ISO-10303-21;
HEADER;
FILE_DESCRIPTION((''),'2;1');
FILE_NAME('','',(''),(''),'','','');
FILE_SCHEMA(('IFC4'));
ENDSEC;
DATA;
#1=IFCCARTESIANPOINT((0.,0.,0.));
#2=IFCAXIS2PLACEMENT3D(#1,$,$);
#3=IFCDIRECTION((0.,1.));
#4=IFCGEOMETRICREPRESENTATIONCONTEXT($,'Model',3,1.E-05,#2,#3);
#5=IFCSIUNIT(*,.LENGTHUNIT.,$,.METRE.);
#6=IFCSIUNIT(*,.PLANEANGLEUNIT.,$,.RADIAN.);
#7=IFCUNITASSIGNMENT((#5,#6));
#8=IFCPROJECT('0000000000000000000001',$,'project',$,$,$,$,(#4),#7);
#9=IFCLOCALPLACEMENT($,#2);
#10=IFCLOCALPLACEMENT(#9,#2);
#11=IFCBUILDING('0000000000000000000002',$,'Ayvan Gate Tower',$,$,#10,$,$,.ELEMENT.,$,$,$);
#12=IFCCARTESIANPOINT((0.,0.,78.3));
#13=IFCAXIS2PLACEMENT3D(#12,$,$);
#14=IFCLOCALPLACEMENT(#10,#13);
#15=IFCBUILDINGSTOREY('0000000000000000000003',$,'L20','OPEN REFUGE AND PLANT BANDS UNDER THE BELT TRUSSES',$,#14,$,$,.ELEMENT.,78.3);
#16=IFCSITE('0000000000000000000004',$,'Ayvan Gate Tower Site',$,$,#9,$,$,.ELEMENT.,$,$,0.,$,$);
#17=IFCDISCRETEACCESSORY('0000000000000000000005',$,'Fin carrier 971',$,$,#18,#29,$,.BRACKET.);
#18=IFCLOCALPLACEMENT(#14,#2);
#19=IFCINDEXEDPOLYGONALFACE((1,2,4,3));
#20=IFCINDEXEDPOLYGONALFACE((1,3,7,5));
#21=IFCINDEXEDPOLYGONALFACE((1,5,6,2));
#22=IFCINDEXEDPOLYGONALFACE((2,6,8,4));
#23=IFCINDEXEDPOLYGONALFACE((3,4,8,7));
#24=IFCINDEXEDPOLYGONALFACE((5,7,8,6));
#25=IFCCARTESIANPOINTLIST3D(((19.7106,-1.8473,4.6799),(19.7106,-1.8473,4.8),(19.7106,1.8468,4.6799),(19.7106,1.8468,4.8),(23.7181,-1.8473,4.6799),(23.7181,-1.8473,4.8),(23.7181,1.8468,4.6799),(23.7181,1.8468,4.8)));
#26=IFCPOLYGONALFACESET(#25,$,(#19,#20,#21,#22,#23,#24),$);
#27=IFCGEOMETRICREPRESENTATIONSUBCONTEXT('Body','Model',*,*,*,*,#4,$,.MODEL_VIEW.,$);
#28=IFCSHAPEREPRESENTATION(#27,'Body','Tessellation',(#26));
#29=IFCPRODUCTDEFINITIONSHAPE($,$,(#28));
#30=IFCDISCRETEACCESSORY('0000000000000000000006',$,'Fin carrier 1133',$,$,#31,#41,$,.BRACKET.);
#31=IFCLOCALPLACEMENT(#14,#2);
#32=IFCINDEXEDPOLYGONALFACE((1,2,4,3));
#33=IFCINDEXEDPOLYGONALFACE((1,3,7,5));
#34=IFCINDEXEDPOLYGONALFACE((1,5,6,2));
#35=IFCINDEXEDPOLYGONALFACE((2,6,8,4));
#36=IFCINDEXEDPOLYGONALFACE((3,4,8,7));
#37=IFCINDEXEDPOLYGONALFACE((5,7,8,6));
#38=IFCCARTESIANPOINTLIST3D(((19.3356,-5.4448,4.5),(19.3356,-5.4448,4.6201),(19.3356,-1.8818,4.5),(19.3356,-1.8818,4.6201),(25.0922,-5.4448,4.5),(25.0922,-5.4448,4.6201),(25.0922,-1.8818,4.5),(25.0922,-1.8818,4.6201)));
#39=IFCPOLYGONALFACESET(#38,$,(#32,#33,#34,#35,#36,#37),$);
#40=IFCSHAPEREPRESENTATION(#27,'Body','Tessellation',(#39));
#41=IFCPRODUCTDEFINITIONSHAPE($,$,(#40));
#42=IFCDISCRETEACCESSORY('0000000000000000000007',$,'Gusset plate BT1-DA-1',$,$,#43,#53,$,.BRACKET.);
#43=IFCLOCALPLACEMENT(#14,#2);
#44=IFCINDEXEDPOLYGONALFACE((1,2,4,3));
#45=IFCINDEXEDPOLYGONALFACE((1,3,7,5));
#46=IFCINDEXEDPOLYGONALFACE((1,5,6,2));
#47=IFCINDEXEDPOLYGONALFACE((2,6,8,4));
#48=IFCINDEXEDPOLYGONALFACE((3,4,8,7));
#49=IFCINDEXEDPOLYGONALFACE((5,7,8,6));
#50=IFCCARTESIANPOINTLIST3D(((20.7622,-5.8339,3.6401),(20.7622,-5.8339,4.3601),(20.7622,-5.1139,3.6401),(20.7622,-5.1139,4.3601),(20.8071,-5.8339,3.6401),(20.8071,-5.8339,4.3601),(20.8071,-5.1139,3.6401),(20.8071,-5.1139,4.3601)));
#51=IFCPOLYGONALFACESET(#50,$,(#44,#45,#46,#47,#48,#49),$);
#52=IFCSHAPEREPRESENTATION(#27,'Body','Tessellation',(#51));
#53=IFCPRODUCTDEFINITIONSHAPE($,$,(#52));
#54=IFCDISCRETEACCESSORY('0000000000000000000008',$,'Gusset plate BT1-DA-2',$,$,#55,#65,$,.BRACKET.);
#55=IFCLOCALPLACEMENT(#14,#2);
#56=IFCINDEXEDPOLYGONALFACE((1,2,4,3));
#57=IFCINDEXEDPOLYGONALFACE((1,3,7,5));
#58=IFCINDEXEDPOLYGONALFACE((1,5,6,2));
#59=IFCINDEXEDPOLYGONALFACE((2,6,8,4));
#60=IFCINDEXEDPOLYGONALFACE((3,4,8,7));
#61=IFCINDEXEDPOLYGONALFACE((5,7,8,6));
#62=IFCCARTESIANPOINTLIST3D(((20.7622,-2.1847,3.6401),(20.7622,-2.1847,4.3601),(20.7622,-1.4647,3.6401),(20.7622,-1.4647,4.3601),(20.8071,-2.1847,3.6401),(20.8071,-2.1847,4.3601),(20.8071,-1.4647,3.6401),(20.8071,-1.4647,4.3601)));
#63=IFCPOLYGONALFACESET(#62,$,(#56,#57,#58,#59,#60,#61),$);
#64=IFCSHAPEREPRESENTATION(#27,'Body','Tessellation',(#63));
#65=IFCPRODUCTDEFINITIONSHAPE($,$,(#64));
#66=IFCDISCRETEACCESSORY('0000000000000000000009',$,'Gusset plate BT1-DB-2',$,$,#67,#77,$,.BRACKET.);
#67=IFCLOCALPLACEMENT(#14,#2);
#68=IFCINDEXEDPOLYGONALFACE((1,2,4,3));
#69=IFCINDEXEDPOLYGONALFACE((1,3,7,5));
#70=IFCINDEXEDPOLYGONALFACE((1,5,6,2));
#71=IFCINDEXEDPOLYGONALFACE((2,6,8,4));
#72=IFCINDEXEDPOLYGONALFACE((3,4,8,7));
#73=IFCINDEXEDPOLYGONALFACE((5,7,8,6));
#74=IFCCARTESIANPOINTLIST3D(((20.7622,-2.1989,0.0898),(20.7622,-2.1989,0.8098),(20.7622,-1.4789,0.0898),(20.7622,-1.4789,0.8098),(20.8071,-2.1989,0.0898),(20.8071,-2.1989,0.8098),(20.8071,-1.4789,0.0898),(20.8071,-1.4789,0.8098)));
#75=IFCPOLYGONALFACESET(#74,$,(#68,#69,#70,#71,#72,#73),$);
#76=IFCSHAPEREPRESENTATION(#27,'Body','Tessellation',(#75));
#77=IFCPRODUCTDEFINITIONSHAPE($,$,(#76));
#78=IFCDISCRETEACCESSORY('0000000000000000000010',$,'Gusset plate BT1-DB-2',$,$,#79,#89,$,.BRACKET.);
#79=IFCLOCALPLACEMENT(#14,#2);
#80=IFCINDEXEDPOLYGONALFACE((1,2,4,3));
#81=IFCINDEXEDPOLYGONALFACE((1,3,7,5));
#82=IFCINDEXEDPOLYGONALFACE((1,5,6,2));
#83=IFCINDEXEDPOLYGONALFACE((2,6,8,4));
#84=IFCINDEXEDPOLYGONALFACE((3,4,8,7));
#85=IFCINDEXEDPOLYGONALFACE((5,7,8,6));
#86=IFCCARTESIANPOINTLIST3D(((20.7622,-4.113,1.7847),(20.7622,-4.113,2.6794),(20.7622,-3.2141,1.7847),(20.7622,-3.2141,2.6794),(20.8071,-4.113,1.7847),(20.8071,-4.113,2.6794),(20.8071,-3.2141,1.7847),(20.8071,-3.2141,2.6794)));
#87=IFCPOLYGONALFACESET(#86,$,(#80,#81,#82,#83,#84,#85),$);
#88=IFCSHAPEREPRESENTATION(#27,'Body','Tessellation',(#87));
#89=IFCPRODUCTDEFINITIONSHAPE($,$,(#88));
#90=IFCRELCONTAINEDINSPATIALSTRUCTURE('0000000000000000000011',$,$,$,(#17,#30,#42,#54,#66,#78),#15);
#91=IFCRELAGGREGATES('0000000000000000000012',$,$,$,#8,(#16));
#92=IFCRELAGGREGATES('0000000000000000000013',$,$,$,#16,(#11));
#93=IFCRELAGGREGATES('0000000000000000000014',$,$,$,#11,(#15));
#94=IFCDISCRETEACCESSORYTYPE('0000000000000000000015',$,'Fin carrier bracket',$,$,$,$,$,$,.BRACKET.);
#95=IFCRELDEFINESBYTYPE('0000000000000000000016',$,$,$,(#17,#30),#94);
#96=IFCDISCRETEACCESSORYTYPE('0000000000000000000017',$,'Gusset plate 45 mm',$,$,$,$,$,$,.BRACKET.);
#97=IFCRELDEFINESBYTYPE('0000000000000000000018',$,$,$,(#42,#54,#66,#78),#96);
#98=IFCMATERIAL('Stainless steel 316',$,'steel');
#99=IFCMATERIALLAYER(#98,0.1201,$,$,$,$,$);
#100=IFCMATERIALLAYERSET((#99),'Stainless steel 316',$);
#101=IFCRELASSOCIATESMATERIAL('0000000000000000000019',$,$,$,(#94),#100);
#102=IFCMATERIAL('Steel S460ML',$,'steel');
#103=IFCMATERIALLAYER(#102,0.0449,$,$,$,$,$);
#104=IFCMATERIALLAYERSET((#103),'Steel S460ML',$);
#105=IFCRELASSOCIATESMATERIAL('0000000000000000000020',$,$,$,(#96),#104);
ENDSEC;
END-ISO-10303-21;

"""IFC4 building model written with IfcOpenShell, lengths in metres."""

from ifc_helpers import new_model, si_unit, direction, frame, origin, origin_2d, place, context, subcontext, project, spatial, rectangle, extrude, material, layer, layer_set, type_object, element, save


model = new_model("IFC4")

# Units and contexts
model_context = context("Model", 3, precision=1e-05, world=origin(), true_north=direction((0.0, 1.0)))
body_context = subcontext(model_context, "Body", "Model", "MODEL_VIEW")
ifc_project = project(units=[si_unit("LENGTHUNIT", "METRE"), si_unit("PLANEANGLEUNIT", "RADIAN")], contexts=[model_context])

# Site, building, storey
site_placement = place(None, origin())
site = spatial("IfcSite", under=ifc_project, at=site_placement, Name="Ayvan Gate Tower Site", CompositionType="ELEMENT", RefElevation=0.0)
building_placement = place(site_placement, origin())
building = spatial("IfcBuilding", under=site, at=building_placement, Name="Ayvan Gate Tower", CompositionType="ELEMENT")
storey_placement = place(building_placement, frame((0.0, 0.0, 78.3)))
storey = spatial("IfcBuildingStorey", under=building, at=storey_placement, Name="L20", Description="OPEN REFUGE AND PLANT BANDS UNDER THE BELT TRUSSES", CompositionType="ELEMENT", Elevation=78.3)

# Shared definitions
ifc_material_1 = material(Name="Steel S460ML", Category="steel")

# Discrete accessories
ifc_material_2 = material(Name="Stainless steel 316", Category="steel")
ifc_layer_1 = layer(ifc_material_2, 0.1201)
ifc_layer_set_1 = layer_set([ifc_layer_1], Name="Stainless steel 316")
discrete_accessory_type_1 = type_object("IfcDiscreteAccessoryType", Name="Fin carrier bracket", PredefinedType="BRACKET", material=ifc_layer_set_1)
discrete_accessory_1_placement = place(storey_placement, frame((21.7144, -0.0002, 4.6799), z_axis=(0.0, 0.0, 1.0), x_axis=(0.0, 1.0, 0.0)))
element("IfcDiscreteAccessory", 1, at=discrete_accessory_1_placement, inside=storey, type_object=discrete_accessory_type_1, Name="Fin carrier 971", PredefinedType="BRACKET", context=body_context, shape_type="SweptSolid", body=[
    extrude(rectangle(XDim=3.6941, YDim=4.0076, at=origin_2d()), origin(), (0.0, 0.0, 1.0), 0.1201),
])
discrete_accessory_2_placement = place(storey_placement, frame((22.2139, -3.6633, 4.5), z_axis=(0.0, 0.0, 1.0), x_axis=(0.0, 1.0, 0.0)))
element("IfcDiscreteAccessory", 2, at=discrete_accessory_2_placement, inside=storey, type_object=discrete_accessory_type_1, Name="Fin carrier 1133", PredefinedType="BRACKET", context=body_context, shape_type="SweptSolid", body=[
    extrude(rectangle(XDim=3.563, YDim=5.7566, at=origin_2d()), origin(), (0.0, 0.0, 1.0), 0.1201),
])
ifc_layer_2 = layer(ifc_material_1, 0.0449)
ifc_layer_set_2 = layer_set([ifc_layer_2], Name="Steel S460ML")
discrete_accessory_type_2 = type_object("IfcDiscreteAccessoryType", Name="Gusset plate 45 mm", PredefinedType="BRACKET", material=ifc_layer_set_2)
for number, where, z_axis, x_axis, name in (
    (3, (20.7847, -5.4739, 3.6401), (0.0, 0.0, 1.0), (0.0, 1.0, 0.0), "Gusset plate BT1-DA-1"),
    (4, (20.7847, -1.8247, 3.6401), (0.0, 0.0, 1.0), (0.0, 1.0, 0.0), "Gusset plate BT1-DA-2"),
    (5, (20.7847, -1.8389, 0.0898), (0.0, 0.0, 1.0), (0.0, 1.0, 0.0), "Gusset plate BT1-DB-2"),
):
    element("IfcDiscreteAccessory", number, at=place(storey_placement, frame(where, z_axis=z_axis, x_axis=x_axis)), inside=storey, type_object=discrete_accessory_type_2, Name=name, PredefinedType="BRACKET", context=body_context, shape_type="SweptSolid", body=[
        extrude(rectangle(XDim=0.72, YDim=0.0449, at=origin_2d()), origin(), (0.0, 0.0, 1.0), 0.72),
    ])
discrete_accessory_3_placement = place(storey_placement, frame((20.7847, -3.6636, 1.7847), z_axis=(0.0, 0.0, 1.0), x_axis=(0.0, 1.0, 0.0)))
element("IfcDiscreteAccessory", 6, at=discrete_accessory_3_placement, inside=storey, type_object=discrete_accessory_type_2, Name="Gusset plate BT1-DB-2", PredefinedType="BRACKET", context=body_context, shape_type="SweptSolid", body=[
    extrude(rectangle(XDim=0.8989, YDim=0.0449, at=origin_2d()), origin(), (0.0, 0.0, 1.0), 0.8948),
])

save(model, "model.ifc")
